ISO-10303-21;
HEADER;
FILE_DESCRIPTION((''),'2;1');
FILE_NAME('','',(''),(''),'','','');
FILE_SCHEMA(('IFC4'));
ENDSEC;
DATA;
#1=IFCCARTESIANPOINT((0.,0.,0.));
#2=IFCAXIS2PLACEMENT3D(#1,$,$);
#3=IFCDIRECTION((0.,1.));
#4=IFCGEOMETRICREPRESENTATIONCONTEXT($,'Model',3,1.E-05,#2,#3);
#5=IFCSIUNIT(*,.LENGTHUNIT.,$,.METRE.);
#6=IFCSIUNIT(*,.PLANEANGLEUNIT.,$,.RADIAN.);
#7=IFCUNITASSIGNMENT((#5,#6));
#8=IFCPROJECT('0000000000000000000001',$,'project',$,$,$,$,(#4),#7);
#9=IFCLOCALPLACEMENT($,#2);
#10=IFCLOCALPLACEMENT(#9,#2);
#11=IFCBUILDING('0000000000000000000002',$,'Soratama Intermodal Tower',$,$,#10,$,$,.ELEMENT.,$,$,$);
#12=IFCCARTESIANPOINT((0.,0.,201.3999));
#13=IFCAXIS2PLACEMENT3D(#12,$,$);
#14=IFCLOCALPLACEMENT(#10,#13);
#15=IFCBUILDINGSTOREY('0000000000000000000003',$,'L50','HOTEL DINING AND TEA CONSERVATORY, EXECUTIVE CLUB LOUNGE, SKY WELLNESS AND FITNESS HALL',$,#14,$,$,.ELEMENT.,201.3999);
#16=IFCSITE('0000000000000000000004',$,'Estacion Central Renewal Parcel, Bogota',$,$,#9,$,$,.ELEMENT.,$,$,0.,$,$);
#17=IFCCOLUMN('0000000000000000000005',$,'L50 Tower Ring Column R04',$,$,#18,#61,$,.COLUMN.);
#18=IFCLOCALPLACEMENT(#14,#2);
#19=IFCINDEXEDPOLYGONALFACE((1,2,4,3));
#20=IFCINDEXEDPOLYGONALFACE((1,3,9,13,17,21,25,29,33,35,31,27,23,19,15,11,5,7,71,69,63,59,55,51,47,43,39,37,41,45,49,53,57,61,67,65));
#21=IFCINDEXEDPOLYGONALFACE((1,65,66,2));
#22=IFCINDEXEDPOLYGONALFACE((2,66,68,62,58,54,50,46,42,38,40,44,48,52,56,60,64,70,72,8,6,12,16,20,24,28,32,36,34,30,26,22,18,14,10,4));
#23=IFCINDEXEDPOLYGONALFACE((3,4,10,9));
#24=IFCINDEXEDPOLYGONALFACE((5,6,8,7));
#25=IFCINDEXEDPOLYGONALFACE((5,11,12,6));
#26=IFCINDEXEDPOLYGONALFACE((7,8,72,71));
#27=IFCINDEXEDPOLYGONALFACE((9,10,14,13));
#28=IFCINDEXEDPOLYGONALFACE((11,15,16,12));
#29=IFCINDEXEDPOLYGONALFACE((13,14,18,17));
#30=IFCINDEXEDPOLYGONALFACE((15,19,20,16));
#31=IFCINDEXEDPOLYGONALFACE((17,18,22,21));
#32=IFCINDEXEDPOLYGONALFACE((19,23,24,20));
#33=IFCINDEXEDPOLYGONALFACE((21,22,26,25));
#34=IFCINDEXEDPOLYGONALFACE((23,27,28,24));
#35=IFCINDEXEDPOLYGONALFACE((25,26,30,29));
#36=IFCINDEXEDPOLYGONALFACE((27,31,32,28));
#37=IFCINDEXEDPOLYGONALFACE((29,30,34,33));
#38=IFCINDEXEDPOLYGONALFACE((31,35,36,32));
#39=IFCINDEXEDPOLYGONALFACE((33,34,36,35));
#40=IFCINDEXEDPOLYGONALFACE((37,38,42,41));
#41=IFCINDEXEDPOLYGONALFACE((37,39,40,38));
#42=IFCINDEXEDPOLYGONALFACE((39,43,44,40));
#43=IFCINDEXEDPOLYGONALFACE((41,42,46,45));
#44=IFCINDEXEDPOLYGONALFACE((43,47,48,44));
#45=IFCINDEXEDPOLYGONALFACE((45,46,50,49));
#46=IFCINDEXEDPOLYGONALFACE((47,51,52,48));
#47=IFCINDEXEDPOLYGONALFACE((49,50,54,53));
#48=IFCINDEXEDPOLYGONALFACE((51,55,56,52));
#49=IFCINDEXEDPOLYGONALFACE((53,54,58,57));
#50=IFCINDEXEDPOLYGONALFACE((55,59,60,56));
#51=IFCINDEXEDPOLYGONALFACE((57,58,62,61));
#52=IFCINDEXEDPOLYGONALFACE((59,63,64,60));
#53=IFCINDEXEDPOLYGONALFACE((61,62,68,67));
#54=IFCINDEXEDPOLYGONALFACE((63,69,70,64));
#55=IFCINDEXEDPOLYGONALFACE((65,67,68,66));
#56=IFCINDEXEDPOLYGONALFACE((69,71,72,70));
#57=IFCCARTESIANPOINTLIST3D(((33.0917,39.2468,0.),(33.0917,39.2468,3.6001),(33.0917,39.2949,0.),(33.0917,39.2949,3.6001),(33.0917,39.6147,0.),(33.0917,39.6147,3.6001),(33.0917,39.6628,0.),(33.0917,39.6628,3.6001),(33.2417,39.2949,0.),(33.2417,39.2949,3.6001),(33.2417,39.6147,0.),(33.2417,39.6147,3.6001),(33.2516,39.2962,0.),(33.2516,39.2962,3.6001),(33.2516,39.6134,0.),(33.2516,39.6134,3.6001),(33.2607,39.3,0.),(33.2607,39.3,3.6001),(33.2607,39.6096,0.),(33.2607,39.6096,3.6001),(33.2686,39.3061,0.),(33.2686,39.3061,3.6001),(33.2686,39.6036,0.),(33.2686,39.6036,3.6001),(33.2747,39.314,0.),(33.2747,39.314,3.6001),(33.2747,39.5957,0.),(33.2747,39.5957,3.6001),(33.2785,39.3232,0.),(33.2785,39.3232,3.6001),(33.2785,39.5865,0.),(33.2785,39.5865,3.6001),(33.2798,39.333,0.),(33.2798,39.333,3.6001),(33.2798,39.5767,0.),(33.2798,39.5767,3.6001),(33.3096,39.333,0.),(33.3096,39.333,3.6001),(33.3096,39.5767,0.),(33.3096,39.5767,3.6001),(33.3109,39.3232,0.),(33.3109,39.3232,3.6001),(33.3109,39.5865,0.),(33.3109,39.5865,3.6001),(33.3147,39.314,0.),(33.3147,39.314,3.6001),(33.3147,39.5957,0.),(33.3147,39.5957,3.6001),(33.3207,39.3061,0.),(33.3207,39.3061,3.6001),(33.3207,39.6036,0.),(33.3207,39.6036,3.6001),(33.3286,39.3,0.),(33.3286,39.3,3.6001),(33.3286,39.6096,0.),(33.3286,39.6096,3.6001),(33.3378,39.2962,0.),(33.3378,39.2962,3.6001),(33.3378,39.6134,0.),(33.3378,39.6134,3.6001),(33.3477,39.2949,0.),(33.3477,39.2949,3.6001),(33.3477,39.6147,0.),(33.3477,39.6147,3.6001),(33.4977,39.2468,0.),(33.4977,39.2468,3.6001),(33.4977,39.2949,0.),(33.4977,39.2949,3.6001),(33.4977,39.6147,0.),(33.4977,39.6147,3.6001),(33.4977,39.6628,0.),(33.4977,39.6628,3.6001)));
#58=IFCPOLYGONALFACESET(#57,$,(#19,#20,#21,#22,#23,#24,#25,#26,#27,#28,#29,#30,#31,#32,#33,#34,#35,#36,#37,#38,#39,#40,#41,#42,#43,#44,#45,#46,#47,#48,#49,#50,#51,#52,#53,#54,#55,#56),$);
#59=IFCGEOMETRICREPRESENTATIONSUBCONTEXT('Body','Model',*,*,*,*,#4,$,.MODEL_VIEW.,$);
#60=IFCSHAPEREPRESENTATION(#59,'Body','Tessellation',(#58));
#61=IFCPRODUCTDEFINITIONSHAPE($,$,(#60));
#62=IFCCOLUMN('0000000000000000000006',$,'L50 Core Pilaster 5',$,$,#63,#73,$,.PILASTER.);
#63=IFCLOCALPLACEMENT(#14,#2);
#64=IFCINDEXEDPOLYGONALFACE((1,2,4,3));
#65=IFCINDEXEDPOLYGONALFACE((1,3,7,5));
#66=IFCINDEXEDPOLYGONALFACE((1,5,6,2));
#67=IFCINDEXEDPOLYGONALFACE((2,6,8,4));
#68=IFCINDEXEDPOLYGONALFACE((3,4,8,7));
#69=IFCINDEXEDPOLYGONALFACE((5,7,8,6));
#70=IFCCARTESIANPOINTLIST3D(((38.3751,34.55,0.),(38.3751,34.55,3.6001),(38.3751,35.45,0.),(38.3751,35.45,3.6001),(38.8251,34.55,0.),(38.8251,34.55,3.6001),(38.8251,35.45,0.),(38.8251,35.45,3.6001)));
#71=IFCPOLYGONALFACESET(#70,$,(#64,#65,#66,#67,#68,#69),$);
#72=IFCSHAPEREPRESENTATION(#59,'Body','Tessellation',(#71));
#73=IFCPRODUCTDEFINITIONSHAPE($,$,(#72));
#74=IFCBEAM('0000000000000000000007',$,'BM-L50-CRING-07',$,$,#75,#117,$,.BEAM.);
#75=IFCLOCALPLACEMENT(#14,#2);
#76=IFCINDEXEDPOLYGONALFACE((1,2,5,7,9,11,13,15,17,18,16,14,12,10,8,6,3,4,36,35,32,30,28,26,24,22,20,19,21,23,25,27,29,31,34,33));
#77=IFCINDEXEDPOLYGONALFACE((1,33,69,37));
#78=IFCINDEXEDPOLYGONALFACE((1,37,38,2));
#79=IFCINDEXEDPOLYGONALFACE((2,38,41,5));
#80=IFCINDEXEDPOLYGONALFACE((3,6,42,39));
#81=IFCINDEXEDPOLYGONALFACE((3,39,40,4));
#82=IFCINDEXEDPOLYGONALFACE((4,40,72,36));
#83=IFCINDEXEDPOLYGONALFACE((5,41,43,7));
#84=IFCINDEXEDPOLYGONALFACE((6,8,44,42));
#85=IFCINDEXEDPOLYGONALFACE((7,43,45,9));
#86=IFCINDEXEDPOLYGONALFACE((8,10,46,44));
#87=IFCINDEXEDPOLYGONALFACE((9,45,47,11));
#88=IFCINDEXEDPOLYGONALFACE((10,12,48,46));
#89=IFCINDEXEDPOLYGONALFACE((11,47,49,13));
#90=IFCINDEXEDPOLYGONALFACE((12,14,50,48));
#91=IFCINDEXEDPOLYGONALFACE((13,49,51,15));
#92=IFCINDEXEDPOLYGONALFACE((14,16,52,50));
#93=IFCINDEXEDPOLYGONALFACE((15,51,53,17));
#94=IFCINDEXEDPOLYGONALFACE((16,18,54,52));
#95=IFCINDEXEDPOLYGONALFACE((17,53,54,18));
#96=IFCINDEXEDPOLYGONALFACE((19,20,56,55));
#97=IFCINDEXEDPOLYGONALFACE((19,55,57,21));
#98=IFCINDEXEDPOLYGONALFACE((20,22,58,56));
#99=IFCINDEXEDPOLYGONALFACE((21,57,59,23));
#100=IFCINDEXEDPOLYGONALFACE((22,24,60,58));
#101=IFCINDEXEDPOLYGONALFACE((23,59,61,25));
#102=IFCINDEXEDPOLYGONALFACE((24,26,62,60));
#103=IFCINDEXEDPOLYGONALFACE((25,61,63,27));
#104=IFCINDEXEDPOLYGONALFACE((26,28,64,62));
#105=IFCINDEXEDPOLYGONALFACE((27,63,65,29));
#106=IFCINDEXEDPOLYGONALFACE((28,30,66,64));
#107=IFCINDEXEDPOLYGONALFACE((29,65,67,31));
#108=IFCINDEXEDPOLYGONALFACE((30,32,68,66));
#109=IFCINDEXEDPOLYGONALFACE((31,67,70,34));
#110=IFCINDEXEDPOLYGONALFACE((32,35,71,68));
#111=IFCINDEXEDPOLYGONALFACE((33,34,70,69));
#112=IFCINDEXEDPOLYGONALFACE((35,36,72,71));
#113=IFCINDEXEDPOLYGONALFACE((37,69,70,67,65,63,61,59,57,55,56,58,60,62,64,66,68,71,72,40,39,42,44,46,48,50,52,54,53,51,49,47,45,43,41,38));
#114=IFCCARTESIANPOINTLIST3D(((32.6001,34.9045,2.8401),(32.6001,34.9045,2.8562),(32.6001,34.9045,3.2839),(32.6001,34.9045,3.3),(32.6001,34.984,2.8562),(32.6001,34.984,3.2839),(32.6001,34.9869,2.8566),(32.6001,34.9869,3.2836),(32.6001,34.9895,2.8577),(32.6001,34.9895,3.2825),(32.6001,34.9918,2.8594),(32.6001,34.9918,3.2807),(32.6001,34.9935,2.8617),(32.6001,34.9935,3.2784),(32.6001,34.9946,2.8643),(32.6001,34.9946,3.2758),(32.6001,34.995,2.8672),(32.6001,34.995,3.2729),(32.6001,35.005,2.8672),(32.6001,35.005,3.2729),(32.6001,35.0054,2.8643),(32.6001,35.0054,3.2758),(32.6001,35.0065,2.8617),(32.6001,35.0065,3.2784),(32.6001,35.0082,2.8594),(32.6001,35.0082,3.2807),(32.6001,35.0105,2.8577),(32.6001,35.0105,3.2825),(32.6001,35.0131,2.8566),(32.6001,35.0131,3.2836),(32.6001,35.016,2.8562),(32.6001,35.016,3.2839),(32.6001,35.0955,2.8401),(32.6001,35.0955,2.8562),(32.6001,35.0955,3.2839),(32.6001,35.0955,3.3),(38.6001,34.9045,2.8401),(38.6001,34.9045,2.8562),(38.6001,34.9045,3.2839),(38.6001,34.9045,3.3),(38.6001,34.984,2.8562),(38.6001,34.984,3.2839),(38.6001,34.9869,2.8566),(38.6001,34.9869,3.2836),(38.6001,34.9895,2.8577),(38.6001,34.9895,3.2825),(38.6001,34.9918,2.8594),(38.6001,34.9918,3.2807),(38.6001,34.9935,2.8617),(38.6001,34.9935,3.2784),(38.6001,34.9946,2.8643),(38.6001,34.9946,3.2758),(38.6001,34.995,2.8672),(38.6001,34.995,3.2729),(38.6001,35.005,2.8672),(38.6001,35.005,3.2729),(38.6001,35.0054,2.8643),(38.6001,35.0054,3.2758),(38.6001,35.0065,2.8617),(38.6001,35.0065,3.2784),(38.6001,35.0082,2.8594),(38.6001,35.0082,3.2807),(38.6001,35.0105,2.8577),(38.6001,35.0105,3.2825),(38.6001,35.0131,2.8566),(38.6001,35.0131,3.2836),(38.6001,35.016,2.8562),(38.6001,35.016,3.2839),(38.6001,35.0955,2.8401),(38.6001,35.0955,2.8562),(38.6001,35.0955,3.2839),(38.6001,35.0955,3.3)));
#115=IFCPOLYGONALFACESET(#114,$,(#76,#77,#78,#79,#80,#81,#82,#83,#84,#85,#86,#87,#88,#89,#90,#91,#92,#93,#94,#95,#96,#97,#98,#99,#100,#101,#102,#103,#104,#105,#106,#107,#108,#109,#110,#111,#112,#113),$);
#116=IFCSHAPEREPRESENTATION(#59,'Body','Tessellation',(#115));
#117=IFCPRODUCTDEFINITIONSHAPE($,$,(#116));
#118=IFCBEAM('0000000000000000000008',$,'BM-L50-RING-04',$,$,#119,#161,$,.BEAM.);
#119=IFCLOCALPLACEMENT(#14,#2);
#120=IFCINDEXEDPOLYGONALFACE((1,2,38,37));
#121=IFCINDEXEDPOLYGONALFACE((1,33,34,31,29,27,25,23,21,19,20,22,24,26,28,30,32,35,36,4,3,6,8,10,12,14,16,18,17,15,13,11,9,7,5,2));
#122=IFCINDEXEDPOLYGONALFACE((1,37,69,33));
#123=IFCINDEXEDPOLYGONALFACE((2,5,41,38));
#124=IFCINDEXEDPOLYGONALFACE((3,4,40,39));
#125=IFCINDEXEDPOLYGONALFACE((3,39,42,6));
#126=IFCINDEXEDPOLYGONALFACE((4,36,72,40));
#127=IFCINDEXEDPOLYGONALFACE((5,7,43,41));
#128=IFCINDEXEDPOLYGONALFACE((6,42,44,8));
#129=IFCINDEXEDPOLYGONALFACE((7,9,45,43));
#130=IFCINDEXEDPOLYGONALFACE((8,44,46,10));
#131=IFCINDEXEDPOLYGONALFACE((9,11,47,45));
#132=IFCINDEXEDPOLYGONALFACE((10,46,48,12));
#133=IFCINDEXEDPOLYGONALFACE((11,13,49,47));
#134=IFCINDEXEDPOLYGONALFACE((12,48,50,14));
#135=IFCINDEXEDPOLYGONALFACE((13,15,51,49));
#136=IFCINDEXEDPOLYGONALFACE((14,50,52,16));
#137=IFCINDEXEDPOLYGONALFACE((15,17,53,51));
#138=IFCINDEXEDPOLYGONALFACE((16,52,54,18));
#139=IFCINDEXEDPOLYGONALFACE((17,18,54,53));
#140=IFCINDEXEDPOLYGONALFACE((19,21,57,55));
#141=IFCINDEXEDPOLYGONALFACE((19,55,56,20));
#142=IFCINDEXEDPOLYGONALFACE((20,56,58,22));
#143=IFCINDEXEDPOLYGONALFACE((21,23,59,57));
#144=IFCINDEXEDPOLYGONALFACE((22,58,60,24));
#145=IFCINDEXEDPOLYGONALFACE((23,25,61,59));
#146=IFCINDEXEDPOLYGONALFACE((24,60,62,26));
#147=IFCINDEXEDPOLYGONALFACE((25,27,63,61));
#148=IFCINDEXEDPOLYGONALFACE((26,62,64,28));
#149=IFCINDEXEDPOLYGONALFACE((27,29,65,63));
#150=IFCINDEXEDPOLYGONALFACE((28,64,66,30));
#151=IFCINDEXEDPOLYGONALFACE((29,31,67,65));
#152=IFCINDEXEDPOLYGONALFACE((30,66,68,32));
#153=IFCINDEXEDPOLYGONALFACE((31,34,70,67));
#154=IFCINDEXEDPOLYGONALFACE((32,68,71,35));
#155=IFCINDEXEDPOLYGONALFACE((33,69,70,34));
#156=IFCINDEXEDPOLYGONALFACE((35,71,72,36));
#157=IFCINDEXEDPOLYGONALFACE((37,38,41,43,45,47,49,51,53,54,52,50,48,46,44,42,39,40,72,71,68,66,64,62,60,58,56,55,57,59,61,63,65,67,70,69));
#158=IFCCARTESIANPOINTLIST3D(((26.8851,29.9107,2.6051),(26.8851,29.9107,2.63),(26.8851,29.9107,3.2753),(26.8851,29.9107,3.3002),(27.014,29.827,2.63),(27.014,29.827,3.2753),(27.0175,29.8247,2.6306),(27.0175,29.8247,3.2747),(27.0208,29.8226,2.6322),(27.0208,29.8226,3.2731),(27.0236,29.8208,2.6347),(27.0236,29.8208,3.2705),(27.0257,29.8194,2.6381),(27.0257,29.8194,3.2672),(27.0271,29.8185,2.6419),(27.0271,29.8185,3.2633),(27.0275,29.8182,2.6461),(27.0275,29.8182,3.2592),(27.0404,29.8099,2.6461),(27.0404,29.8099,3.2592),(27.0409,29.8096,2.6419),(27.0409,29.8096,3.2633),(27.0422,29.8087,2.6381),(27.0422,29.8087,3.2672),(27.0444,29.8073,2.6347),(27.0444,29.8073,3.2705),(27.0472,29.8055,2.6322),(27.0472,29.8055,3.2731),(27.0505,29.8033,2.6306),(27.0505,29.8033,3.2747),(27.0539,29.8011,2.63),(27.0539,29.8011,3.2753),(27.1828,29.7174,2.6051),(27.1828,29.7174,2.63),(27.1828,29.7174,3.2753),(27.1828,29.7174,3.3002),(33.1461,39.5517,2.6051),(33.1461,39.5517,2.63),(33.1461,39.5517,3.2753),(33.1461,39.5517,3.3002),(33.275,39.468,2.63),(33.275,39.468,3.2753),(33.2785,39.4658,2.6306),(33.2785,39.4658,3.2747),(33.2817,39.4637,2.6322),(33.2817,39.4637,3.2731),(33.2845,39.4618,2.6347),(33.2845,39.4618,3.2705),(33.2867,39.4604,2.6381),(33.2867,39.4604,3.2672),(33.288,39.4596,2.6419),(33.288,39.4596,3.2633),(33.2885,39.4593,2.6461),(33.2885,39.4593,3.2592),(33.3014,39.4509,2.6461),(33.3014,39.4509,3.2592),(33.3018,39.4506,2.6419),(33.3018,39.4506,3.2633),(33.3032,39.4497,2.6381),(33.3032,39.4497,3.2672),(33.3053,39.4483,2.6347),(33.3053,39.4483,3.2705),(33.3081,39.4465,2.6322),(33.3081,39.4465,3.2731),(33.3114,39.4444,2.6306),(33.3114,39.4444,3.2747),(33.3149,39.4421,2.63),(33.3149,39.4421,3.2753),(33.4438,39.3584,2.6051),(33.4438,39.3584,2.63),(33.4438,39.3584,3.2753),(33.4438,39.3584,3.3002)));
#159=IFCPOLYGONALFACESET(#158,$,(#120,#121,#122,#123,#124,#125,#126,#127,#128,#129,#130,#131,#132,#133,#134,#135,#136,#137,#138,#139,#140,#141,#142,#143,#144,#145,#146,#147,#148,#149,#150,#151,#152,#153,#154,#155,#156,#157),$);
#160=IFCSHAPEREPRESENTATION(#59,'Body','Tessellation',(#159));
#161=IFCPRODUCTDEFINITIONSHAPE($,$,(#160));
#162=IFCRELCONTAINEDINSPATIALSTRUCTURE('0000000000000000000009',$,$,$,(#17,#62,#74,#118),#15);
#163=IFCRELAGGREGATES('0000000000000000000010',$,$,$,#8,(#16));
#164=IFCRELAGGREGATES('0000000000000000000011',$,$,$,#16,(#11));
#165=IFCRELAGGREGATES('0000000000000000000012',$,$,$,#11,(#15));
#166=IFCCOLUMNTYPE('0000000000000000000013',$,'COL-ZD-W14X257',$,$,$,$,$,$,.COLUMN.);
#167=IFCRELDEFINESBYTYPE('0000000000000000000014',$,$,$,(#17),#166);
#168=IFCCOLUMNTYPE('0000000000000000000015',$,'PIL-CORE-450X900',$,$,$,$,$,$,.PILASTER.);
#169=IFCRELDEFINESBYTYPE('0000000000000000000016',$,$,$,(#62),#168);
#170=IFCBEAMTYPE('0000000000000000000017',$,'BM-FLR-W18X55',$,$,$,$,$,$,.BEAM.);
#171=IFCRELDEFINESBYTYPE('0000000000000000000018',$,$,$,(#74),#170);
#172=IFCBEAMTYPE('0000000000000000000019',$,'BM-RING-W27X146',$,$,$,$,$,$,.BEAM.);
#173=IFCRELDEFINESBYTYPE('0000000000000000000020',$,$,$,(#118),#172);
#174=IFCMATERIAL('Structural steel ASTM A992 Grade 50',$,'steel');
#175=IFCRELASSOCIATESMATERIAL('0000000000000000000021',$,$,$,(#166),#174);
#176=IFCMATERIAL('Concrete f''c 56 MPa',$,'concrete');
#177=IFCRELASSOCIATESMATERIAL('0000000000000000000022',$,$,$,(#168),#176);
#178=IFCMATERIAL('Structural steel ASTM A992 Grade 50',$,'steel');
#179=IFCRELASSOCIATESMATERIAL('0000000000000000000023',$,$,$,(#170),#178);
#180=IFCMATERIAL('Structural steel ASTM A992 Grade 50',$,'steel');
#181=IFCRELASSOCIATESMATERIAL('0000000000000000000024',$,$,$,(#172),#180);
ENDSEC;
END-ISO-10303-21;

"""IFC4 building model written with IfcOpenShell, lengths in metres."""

from ifc_helpers import new_model, si_unit, direction, frame, origin, origin_2d, place, context, subcontext, project, spatial, rectangle, i_section, extrude, material, material_profile, profile_set, type_object, element, save


model = new_model("IFC4")

# Units and contexts
model_context = context("Model", 3, precision=1e-05, world=origin(), true_north=direction((0.0, 1.0)))
body_context = subcontext(model_context, "Body", "Model", "MODEL_VIEW")
ifc_project = project(units=[si_unit("LENGTHUNIT", "METRE"), si_unit("PLANEANGLEUNIT", "RADIAN")], contexts=[model_context])

# Site, building, storey
site_placement = place(None, origin())
site = spatial("IfcSite", under=ifc_project, at=site_placement, Name="Estacion Central Renewal Parcel, Bogota", CompositionType="ELEMENT", RefElevation=0.0)
building_placement = place(site_placement, origin())
building = spatial("IfcBuilding", under=site, at=building_placement, Name="Soratama Intermodal Tower", CompositionType="ELEMENT")
storey_placement = place(building_placement, frame((0.0, 0.0, 201.3999)))
storey = spatial("IfcBuildingStorey", under=building, at=storey_placement, Name="L50", Description="HOTEL DINING AND TEA CONSERVATORY, EXECUTIVE CLUB LOUNGE, SKY WELLNESS AND FITNESS HALL", CompositionType="ELEMENT", Elevation=201.3999)

# Columns
ifc_material_1 = material(Name="Structural steel ASTM A992 Grade 50", Category="steel")
ifc_material_profile_1 = material_profile(ifc_material_1, i_section(OverallWidth=0.406, OverallDepth=0.416, WebThickness=0.0298, FlangeThickness=0.0481, FilletRadius=0.0381, at=origin_2d()), Name="W14X257")
ifc_profile_set_1 = profile_set([ifc_material_profile_1], Name="Structural steel ASTM A992 Grade 50")
column_type_1 = type_object("IfcColumnType", Name="COL-ZD-W14X257", PredefinedType="COLUMN", material=ifc_profile_set_1)
column_1_placement = place(storey_placement, frame((33.2947, 39.4548, 0.0), z_axis=(0.0, 0.0, 1.0), x_axis=(1.0, 0.0, 0.0)))
element("IfcColumn", 1, at=column_1_placement, inside=storey, type_object=column_type_1, Name="L50 Tower Ring Column R04", PredefinedType="COLUMN", context=body_context, shape_type="SweptSolid", body=[
    extrude(i_section(OverallWidth=0.406, OverallDepth=0.416, WebThickness=0.0298, FlangeThickness=0.0481, FilletRadius=0.0381, at=origin_2d()), origin(), (0.0, 0.0, 1.0), 3.6001),
])
ifc_material_2 = material(Name="Concrete f'c 56 MPa", Category="concrete")
ifc_material_profile_2 = material_profile(ifc_material_2, rectangle(XDim=0.45, YDim=0.8999, at=origin_2d()), Name="RC450X900")
ifc_profile_set_2 = profile_set([ifc_material_profile_2], Name="Concrete f'c 56 MPa")
column_type_2 = type_object("IfcColumnType", Name="PIL-CORE-450X900", PredefinedType="PILASTER", material=ifc_profile_set_2)
column_2_placement = place(storey_placement, frame((38.6001, 35.0, 0.0), z_axis=(0.0, 0.0, 1.0), x_axis=(1.0, 0.0, 0.0)))
element("IfcColumn", 2, at=column_2_placement, inside=storey, type_object=column_type_2, Name="L50 Core Pilaster 5", PredefinedType="PILASTER", context=body_context, shape_type="SweptSolid", body=[
    extrude(rectangle(XDim=0.45, YDim=0.8999, at=origin_2d()), origin(), (0.0, 0.0, 1.0), 3.6001),
])

# Beams
ifc_material_3 = material(Name="Structural steel ASTM A992 Grade 50", Category="steel")
ifc_material_profile_3 = material_profile(ifc_material_3, i_section(OverallWidth=0.1909, OverallDepth=0.46, WebThickness=0.01, FlangeThickness=0.0161, FilletRadius=0.011, at=origin_2d()), Name="W18X55")
ifc_profile_set_3 = profile_set([ifc_material_profile_3], Name="Structural steel ASTM A992 Grade 50")
beam_type_1 = type_object("IfcBeamType", Name="BM-FLR-W18X55", PredefinedType="BEAM", material=ifc_profile_set_3)
beam_1_placement = place(storey_placement, frame((38.6001, 35.0, 3.0701), z_axis=(-1.0, 0.0, 0.0), x_axis=(0.0, -1.0, 0.0)))
element("IfcBeam", 3, at=beam_1_placement, inside=storey, type_object=beam_type_1, Name="BM-L50-CRING-07", PredefinedType="BEAM", context=body_context, shape_type="SweptSolid", body=[
    extrude(i_section(OverallWidth=0.1909, OverallDepth=0.46, WebThickness=0.01, FlangeThickness=0.0161, FilletRadius=0.011, at=origin_2d()), origin(), (0.0, 0.0, 1.0), 6.0),
])
ifc_material_4 = material(Name="Structural steel ASTM A992 Grade 50", Category="steel")
ifc_material_profile_4 = material_profile(ifc_material_4, i_section(OverallWidth=0.355, OverallDepth=0.6951, WebThickness=0.0154, FlangeThickness=0.0249, FilletRadius=0.0161, at=origin_2d()), Name="W27X146")
ifc_profile_set_4 = profile_set([ifc_material_profile_4], Name="Structural steel ASTM A992 Grade 50")
beam_type_2 = type_object("IfcBeamType", Name="BM-RING-W27X146", PredefinedType="BEAM", material=ifc_profile_set_4)
beam_2_placement = place(storey_placement, frame((33.2949, 39.4551, 2.9526), z_axis=(-0.544637, -0.838672, 0.0), x_axis=(0.838672, -0.544637, 0.0)))
element("IfcBeam", 4, at=beam_2_placement, inside=storey, type_object=beam_type_2, Name="BM-L50-RING-04", PredefinedType="BEAM", context=body_context, shape_type="SweptSolid", body=[
    extrude(i_section(OverallWidth=0.355, OverallDepth=0.6951, WebThickness=0.0154, FlangeThickness=0.0249, FilletRadius=0.0161, at=origin_2d()), origin(), (0.0, 0.0, 1.0), 11.4956),
])

save(model, "model.ifc")
